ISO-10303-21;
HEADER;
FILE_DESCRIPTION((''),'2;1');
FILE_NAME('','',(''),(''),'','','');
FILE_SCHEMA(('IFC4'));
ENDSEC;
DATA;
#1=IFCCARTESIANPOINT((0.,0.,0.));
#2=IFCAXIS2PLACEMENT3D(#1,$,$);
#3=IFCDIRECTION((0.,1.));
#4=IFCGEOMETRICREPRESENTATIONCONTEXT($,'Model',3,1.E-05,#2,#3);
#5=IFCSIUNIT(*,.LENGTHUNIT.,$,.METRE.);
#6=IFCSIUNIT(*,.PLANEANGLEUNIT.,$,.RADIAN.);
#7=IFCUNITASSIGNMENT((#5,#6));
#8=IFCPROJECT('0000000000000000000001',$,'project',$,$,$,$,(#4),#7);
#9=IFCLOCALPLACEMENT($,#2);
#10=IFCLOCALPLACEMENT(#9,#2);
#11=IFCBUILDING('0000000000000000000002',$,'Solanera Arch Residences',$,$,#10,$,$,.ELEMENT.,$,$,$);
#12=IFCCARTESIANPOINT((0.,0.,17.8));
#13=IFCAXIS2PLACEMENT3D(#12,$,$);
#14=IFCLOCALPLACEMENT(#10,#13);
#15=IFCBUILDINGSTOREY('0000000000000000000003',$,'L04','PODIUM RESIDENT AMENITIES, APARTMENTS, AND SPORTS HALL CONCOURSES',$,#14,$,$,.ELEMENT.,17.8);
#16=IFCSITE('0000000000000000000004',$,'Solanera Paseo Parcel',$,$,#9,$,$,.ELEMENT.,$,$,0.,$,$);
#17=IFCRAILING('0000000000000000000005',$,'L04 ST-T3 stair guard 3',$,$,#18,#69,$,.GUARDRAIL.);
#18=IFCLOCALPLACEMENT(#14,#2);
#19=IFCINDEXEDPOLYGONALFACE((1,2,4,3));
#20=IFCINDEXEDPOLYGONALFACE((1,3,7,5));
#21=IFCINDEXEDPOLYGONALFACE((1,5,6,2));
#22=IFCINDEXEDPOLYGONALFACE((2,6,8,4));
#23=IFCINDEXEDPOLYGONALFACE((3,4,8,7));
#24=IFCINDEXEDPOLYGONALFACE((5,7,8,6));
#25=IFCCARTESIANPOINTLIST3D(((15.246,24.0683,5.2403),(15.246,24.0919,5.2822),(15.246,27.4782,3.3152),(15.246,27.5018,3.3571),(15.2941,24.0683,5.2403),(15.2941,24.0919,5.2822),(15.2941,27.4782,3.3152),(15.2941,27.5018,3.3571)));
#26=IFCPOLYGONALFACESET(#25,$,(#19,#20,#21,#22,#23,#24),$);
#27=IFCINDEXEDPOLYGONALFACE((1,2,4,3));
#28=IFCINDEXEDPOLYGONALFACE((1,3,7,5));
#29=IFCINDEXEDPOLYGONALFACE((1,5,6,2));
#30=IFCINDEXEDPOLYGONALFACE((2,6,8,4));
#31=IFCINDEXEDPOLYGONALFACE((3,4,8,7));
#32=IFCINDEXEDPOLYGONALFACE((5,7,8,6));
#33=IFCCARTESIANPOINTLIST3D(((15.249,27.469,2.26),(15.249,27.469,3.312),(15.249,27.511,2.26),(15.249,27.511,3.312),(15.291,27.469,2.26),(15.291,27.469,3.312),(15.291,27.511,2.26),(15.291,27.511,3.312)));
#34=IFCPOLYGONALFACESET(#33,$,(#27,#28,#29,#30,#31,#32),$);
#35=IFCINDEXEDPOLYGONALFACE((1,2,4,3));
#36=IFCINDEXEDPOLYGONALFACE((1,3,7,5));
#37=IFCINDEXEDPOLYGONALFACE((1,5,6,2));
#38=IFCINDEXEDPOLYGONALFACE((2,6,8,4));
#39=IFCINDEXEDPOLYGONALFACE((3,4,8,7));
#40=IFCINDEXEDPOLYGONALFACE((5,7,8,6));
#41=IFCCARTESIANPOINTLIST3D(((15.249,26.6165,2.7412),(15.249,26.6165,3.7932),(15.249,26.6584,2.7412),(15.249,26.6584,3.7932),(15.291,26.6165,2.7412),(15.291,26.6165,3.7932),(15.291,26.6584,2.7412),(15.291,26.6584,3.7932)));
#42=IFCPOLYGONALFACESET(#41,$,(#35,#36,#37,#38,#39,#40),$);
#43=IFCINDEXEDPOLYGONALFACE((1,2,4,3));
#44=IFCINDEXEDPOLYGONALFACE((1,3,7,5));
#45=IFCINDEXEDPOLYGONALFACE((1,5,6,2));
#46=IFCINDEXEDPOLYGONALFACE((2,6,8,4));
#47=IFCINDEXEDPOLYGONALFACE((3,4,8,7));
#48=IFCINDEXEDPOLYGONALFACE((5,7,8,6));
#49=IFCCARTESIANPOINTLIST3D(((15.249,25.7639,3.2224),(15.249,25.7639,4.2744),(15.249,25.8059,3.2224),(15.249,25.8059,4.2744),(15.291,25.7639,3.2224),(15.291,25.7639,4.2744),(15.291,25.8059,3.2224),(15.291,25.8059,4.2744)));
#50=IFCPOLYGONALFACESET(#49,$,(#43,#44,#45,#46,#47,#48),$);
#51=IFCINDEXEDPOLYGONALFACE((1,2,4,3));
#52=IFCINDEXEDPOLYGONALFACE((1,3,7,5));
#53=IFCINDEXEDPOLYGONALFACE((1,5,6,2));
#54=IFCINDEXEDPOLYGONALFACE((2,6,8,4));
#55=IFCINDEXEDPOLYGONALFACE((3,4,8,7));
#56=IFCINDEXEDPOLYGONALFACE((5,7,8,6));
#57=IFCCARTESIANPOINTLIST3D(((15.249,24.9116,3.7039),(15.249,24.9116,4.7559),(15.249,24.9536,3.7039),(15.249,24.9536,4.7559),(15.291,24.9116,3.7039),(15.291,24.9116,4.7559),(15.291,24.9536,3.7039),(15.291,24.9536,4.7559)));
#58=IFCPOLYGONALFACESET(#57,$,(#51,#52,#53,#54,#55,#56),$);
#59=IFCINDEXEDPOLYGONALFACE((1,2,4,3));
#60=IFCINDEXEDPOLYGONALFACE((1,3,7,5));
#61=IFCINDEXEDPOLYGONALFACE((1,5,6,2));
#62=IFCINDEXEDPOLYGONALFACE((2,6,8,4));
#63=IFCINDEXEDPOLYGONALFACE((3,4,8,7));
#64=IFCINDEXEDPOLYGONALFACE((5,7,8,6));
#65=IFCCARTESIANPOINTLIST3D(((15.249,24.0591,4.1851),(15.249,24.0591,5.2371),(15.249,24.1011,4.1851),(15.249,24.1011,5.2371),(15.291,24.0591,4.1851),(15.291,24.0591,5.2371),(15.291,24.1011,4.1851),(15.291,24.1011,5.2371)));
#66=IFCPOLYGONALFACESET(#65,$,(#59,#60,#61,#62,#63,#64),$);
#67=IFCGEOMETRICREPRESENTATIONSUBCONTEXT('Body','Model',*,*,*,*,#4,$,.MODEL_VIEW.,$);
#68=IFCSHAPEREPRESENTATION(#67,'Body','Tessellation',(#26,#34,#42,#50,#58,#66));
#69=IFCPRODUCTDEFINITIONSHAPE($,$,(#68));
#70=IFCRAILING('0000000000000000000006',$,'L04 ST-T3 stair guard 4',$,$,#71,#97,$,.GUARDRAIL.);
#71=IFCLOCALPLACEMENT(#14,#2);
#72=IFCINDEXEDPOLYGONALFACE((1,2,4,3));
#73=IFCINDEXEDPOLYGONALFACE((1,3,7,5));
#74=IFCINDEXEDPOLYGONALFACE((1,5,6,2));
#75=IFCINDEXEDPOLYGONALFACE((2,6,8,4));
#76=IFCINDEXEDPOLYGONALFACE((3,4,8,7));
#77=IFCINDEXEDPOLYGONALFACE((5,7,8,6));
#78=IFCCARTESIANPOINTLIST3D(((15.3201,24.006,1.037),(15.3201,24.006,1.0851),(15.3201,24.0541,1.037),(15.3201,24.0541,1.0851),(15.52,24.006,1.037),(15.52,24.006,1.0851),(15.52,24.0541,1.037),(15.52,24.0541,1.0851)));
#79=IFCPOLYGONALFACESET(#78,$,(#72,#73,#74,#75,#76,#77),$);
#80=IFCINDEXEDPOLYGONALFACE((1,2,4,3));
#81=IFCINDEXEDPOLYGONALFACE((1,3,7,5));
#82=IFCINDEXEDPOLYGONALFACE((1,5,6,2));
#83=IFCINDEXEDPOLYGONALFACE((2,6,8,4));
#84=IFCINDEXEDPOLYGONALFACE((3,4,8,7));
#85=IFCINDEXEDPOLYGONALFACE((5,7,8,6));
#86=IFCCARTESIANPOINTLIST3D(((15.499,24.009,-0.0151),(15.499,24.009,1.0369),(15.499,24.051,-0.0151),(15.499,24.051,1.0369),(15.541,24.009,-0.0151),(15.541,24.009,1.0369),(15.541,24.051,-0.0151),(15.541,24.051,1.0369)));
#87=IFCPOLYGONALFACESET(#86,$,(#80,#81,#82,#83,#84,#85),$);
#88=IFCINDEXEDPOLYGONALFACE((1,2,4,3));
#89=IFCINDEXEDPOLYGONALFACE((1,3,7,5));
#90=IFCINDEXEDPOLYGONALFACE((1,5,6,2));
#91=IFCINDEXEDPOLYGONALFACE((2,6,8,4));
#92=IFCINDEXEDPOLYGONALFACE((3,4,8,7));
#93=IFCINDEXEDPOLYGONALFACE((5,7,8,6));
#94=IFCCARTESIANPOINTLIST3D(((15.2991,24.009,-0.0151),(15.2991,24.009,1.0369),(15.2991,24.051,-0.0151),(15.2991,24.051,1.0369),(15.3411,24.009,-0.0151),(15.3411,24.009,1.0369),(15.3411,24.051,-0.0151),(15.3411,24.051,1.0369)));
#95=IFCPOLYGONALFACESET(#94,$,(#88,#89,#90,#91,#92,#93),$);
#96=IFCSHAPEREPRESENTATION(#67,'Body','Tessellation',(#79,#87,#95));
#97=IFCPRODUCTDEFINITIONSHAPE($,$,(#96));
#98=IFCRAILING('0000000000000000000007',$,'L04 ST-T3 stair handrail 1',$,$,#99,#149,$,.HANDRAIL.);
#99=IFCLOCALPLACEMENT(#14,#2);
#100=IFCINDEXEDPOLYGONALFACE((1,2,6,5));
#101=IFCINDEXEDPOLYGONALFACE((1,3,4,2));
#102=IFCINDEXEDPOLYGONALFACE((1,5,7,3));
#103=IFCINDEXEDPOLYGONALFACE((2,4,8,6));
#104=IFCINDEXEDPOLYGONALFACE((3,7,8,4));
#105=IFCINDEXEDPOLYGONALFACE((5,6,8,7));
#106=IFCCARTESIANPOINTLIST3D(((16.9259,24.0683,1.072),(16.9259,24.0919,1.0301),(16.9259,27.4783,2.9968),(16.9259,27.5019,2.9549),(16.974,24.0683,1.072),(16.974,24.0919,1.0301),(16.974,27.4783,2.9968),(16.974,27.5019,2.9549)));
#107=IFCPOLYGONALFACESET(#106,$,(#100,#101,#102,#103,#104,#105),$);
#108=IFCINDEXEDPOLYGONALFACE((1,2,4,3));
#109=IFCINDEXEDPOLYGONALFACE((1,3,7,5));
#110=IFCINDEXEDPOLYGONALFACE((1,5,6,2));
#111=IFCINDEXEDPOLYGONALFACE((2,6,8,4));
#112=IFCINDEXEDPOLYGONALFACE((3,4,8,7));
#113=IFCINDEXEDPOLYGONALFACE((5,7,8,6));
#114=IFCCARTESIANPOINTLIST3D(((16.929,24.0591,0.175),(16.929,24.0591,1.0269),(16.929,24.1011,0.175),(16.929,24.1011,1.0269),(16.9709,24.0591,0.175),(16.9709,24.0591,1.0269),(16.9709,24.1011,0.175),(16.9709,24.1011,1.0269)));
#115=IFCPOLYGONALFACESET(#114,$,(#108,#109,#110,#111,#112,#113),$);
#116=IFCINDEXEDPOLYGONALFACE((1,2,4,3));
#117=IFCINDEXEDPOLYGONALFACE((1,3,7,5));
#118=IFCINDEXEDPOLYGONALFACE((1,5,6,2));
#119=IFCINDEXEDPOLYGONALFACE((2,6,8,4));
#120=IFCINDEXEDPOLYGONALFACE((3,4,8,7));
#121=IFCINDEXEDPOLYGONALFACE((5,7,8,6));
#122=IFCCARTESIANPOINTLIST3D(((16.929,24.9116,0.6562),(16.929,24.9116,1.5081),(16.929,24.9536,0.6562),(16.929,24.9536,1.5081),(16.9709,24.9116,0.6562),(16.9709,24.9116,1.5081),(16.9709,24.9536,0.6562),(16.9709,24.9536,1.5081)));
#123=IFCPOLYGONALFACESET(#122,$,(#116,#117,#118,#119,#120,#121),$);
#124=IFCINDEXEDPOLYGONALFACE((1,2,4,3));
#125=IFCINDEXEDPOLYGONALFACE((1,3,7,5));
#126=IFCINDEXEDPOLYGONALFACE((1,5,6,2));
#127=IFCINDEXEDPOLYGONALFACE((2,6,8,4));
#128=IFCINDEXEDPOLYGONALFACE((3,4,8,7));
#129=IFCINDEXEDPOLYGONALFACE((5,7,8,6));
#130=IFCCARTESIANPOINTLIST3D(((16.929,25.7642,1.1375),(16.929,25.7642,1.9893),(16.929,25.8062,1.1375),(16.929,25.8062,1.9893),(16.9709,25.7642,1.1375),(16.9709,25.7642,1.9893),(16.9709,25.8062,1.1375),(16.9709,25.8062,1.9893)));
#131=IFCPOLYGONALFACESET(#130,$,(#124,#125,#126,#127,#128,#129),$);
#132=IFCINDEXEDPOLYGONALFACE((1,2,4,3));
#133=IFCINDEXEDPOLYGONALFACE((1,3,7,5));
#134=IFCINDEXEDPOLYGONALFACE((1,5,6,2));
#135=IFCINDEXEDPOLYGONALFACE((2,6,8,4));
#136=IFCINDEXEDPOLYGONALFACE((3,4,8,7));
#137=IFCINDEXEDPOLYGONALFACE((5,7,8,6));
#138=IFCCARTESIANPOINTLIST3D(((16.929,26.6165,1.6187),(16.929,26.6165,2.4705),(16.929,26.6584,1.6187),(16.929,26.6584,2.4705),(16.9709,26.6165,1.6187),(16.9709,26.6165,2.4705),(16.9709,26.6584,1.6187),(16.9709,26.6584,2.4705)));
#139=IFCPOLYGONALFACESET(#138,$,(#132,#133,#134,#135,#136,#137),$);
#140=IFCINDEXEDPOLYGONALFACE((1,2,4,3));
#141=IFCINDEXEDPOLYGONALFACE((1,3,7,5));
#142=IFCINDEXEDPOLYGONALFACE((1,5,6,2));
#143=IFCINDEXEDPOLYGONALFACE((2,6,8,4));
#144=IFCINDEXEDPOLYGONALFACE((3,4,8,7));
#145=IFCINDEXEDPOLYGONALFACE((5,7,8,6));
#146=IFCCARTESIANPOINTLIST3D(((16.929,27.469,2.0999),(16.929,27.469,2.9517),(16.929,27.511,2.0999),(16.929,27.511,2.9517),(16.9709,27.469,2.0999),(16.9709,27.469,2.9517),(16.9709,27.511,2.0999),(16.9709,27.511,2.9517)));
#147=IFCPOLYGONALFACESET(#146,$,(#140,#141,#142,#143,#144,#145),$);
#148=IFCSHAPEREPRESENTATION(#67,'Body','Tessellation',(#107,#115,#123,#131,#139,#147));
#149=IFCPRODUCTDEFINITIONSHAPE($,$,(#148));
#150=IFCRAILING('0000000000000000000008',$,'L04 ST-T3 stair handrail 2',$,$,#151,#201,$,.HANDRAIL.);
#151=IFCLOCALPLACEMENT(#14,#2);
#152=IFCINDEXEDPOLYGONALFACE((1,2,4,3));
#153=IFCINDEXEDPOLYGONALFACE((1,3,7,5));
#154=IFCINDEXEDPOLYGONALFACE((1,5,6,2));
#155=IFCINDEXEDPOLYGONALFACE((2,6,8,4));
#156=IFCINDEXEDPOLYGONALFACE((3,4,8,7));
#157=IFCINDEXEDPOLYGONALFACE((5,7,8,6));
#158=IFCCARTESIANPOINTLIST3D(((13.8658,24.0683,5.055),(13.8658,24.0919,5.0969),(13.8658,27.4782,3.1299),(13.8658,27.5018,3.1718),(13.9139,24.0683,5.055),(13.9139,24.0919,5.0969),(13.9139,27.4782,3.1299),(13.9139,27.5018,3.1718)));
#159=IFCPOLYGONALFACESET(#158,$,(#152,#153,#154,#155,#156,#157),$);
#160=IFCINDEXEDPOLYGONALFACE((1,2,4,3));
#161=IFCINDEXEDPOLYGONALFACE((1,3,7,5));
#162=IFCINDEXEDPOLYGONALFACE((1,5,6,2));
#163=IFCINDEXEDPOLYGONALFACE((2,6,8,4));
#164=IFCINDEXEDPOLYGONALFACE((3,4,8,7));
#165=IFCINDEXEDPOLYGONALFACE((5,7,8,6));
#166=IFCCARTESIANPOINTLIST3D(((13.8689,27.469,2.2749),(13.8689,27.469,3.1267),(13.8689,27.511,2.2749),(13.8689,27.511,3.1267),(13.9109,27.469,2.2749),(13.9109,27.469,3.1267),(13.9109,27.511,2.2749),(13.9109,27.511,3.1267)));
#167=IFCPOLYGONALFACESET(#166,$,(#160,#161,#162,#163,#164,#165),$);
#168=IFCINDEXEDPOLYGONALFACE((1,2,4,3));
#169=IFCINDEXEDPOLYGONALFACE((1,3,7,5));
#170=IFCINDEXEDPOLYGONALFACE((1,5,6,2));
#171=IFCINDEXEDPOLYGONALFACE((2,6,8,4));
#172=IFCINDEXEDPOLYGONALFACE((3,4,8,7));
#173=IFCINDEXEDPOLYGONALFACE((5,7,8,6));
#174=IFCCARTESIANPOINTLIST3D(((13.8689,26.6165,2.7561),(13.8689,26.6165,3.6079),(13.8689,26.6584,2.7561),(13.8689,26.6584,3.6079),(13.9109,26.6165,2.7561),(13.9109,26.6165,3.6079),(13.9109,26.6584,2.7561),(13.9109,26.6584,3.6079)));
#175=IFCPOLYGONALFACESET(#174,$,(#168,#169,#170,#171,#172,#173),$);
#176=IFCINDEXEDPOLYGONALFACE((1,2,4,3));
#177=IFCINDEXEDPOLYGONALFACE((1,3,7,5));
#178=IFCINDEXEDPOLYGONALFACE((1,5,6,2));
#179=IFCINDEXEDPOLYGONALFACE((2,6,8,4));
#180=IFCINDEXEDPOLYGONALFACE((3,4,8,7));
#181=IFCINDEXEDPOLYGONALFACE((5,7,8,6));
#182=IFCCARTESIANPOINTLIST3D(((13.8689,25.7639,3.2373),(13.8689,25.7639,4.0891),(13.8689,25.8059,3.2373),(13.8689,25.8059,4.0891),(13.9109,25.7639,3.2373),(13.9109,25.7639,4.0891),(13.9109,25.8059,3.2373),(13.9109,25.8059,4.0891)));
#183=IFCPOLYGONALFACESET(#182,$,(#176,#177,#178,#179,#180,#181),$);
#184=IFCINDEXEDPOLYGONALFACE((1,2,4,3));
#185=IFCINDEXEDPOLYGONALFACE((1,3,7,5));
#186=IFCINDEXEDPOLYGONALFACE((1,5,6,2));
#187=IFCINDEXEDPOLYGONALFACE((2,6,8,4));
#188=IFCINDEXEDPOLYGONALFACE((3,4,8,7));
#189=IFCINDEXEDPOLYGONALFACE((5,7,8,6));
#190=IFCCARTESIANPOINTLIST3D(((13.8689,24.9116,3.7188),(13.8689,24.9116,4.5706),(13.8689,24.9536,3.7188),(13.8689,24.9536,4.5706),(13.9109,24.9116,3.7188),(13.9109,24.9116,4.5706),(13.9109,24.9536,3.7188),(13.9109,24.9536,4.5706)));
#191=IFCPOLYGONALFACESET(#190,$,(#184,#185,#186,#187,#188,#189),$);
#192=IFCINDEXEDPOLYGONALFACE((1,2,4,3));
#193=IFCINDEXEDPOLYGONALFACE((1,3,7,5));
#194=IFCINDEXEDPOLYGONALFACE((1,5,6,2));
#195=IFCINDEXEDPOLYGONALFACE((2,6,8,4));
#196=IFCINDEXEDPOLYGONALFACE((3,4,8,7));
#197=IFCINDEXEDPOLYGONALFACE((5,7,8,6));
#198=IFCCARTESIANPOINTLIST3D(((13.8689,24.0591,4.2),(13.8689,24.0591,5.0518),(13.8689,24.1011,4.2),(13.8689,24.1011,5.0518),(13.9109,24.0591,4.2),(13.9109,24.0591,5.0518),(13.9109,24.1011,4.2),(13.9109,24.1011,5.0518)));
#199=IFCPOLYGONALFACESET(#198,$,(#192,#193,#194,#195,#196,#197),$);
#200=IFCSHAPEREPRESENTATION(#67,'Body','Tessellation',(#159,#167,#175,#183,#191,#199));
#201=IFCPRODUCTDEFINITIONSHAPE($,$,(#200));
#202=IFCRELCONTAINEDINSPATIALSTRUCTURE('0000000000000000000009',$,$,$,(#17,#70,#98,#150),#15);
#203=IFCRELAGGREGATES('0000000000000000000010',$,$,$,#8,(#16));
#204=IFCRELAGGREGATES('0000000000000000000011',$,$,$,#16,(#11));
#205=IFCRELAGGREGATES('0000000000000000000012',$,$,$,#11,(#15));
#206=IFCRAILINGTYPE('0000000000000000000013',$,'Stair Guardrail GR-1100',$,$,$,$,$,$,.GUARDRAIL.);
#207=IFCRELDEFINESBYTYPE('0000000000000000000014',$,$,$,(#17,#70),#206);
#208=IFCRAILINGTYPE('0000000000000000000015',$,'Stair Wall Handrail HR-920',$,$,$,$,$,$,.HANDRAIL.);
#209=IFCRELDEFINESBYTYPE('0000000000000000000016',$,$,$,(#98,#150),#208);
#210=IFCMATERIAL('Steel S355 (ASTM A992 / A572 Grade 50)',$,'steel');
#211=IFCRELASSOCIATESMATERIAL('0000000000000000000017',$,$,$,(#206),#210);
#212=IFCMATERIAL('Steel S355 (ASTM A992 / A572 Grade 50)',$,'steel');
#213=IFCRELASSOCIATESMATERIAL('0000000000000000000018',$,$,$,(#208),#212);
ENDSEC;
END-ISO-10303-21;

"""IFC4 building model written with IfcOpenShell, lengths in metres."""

from ifc_helpers import new_model, si_unit, direction, frame, origin, origin_2d, place, context, subcontext, project, spatial, rectangle, extrude, material, type_object, element, save


model = new_model("IFC4")

# Units and contexts
model_context = context("Model", 3, precision=1e-05, world=origin(), true_north=direction((0.0, 1.0)))
body_context = subcontext(model_context, "Body", "Model", "MODEL_VIEW")
ifc_project = project(units=[si_unit("LENGTHUNIT", "METRE"), si_unit("PLANEANGLEUNIT", "RADIAN")], contexts=[model_context])

# Site, building, storey
site_placement = place(None, origin())
site = spatial("IfcSite", under=ifc_project, at=site_placement, Name="Solanera Paseo Parcel", CompositionType="ELEMENT", RefElevation=0.0)
building_placement = place(site_placement, origin())
building = spatial("IfcBuilding", under=site, at=building_placement, Name="Solanera Arch Residences", CompositionType="ELEMENT")
storey_placement = place(building_placement, frame((0.0, 0.0, 17.8)))
storey = spatial("IfcBuildingStorey", under=building, at=storey_placement, Name="L04", Description="PODIUM RESIDENT AMENITIES, APARTMENTS, AND SPORTS HALL CONCOURSES", CompositionType="ELEMENT", Elevation=17.8)

# Railings
ifc_material_1 = material(Name="Steel S355 (ASTM A992 / A572 Grade 50)", Category="steel")
railing_type_1 = type_object("IfcRailingType", Name="Stair Guardrail GR-1100", PredefinedType="GUARDRAIL", material=ifc_material_1)
railing_1_placement = place(storey_placement, frame((15.27, 27.49, 2.26)))
element("IfcRailing", 1, at=railing_1_placement, inside=storey, type_object=railing_type_1, Name="L04 ST-T3 stair guard 3", PredefinedType="GUARDRAIL", context=body_context, shape_type="SweptSolid", body=[
    extrude(rectangle(XDim=0.0481, YDim=0.0481, at=origin_2d()), frame((0.0, 0.0, 1.0762), z_axis=(0.0, -0.870814, 0.491613), x_axis=(1.0, 0.0, 0.0)), (0.0, 0.0, 1.0), 3.9158),
    extrude(rectangle(XDim=0.042, YDim=0.042, at=origin_2d()), origin(), (0.0, 0.0, 1.0), 1.052),
    extrude(rectangle(XDim=0.042, YDim=0.042, at=origin_2d()), frame((0.0, -0.8525, 0.4812)), (0.0, 0.0, 1.0), 1.052),
    extrude(rectangle(XDim=0.042, YDim=0.042, at=origin_2d()), frame((0.0, -1.7051, 0.9624)), (0.0, 0.0, 1.0), 1.052),
    extrude(rectangle(XDim=0.042, YDim=0.042, at=origin_2d()), frame((0.0, -2.5574, 1.4438)), (0.0, 0.0, 1.0), 1.052),
    extrude(rectangle(XDim=0.042, YDim=0.042, at=origin_2d()), frame((0.0, -3.4099, 1.925)), (0.0, 0.0, 1.0), 1.052),
])
railing_2_placement = place(storey_placement, frame((15.52, 24.03, -0.0151)))
element("IfcRailing", 2, at=railing_2_placement, inside=storey, type_object=railing_type_1, Name="L04 ST-T3 stair guard 4", PredefinedType="GUARDRAIL", context=body_context, shape_type="SweptSolid", body=[
    extrude(rectangle(XDim=0.0481, YDim=0.0481, at=origin_2d()), frame((0.0, 0.0, 1.0762), z_axis=(-1.0, 0.0, 0.0), x_axis=(0.0, -1.0, 0.0)), (0.0, 0.0, 1.0), 0.2),
    extrude(rectangle(XDim=0.042, YDim=0.042, at=origin_2d()), origin(), (0.0, 0.0, 1.0), 1.052),
    extrude(rectangle(XDim=0.042, YDim=0.042, at=origin_2d()), frame((-0.2, 0.0, 0.0)), (0.0, 0.0, 1.0), 1.052),
])
ifc_material_2 = material(Name="Steel S355 (ASTM A992 / A572 Grade 50)", Category="steel")
railing_type_2 = type_object("IfcRailingType", Name="Stair Wall Handrail HR-920", PredefinedType="HANDRAIL", material=ifc_material_2)
railing_3_placement = place(storey_placement, frame((16.95, 24.0801, 0.175)))
element("IfcRailing", 3, at=railing_3_placement, inside=storey, type_object=railing_type_2, Name="L04 ST-T3 stair handrail 1", PredefinedType="HANDRAIL", context=body_context, shape_type="SweptSolid", body=[
    extrude(rectangle(XDim=0.0481, YDim=0.0481, at=origin_2d()), frame((0.0, 0.0, 0.876), z_axis=(0.0, 0.87084, 0.491566), x_axis=(-1.0, 0.0, 0.0)), (0.0, 0.0, 1.0), 3.9158),
    extrude(rectangle(XDim=0.042, YDim=0.042, at=origin_2d()), origin(), (0.0, 0.0, 1.0), 0.8518),
    extrude(rectangle(XDim=0.042, YDim=0.042, at=origin_2d()), frame((0.0, 0.8525, 0.4812)), (0.0, 0.0, 1.0), 0.8518),
    extrude(rectangle(XDim=0.042, YDim=0.042, at=origin_2d()), frame((0.0, 1.7051, 0.9624)), (0.0, 0.0, 1.0), 0.8518),
    extrude(rectangle(XDim=0.042, YDim=0.042, at=origin_2d()), frame((0.0, 2.5574, 1.4436)), (0.0, 0.0, 1.0), 0.8518),
    extrude(rectangle(XDim=0.042, YDim=0.042, at=origin_2d()), frame((0.0, 3.4099, 1.9248)), (0.0, 0.0, 1.0), 0.8518),
])
railing_4_placement = place(storey_placement, frame((13.8899, 27.49, 2.2749)))
element("IfcRailing", 4, at=railing_4_placement, inside=storey, type_object=railing_type_2, Name="L04 ST-T3 stair handrail 2", PredefinedType="HANDRAIL", context=body_context, shape_type="SweptSolid", body=[
    extrude(rectangle(XDim=0.0481, YDim=0.0481, at=origin_2d()), frame((0.0, 0.0, 0.876), z_axis=(0.0, -0.870814, 0.491613), x_axis=(1.0, 0.0, 0.0)), (0.0, 0.0, 1.0), 3.9158),
    extrude(rectangle(XDim=0.042, YDim=0.042, at=origin_2d()), origin(), (0.0, 0.0, 1.0), 0.8518),
    extrude(rectangle(XDim=0.042, YDim=0.042, at=origin_2d()), frame((0.0, -0.8525, 0.4812)), (0.0, 0.0, 1.0), 0.8518),
    extrude(rectangle(XDim=0.042, YDim=0.042, at=origin_2d()), frame((0.0, -1.7051, 0.9624)), (0.0, 0.0, 1.0), 0.8518),
    extrude(rectangle(XDim=0.042, YDim=0.042, at=origin_2d()), frame((0.0, -2.5574, 1.4438)), (0.0, 0.0, 1.0), 0.8518),
    extrude(rectangle(XDim=0.042, YDim=0.042, at=origin_2d()), frame((0.0, -3.4099, 1.925)), (0.0, 0.0, 1.0), 0.8518),
])

save(model, "model.ifc")
